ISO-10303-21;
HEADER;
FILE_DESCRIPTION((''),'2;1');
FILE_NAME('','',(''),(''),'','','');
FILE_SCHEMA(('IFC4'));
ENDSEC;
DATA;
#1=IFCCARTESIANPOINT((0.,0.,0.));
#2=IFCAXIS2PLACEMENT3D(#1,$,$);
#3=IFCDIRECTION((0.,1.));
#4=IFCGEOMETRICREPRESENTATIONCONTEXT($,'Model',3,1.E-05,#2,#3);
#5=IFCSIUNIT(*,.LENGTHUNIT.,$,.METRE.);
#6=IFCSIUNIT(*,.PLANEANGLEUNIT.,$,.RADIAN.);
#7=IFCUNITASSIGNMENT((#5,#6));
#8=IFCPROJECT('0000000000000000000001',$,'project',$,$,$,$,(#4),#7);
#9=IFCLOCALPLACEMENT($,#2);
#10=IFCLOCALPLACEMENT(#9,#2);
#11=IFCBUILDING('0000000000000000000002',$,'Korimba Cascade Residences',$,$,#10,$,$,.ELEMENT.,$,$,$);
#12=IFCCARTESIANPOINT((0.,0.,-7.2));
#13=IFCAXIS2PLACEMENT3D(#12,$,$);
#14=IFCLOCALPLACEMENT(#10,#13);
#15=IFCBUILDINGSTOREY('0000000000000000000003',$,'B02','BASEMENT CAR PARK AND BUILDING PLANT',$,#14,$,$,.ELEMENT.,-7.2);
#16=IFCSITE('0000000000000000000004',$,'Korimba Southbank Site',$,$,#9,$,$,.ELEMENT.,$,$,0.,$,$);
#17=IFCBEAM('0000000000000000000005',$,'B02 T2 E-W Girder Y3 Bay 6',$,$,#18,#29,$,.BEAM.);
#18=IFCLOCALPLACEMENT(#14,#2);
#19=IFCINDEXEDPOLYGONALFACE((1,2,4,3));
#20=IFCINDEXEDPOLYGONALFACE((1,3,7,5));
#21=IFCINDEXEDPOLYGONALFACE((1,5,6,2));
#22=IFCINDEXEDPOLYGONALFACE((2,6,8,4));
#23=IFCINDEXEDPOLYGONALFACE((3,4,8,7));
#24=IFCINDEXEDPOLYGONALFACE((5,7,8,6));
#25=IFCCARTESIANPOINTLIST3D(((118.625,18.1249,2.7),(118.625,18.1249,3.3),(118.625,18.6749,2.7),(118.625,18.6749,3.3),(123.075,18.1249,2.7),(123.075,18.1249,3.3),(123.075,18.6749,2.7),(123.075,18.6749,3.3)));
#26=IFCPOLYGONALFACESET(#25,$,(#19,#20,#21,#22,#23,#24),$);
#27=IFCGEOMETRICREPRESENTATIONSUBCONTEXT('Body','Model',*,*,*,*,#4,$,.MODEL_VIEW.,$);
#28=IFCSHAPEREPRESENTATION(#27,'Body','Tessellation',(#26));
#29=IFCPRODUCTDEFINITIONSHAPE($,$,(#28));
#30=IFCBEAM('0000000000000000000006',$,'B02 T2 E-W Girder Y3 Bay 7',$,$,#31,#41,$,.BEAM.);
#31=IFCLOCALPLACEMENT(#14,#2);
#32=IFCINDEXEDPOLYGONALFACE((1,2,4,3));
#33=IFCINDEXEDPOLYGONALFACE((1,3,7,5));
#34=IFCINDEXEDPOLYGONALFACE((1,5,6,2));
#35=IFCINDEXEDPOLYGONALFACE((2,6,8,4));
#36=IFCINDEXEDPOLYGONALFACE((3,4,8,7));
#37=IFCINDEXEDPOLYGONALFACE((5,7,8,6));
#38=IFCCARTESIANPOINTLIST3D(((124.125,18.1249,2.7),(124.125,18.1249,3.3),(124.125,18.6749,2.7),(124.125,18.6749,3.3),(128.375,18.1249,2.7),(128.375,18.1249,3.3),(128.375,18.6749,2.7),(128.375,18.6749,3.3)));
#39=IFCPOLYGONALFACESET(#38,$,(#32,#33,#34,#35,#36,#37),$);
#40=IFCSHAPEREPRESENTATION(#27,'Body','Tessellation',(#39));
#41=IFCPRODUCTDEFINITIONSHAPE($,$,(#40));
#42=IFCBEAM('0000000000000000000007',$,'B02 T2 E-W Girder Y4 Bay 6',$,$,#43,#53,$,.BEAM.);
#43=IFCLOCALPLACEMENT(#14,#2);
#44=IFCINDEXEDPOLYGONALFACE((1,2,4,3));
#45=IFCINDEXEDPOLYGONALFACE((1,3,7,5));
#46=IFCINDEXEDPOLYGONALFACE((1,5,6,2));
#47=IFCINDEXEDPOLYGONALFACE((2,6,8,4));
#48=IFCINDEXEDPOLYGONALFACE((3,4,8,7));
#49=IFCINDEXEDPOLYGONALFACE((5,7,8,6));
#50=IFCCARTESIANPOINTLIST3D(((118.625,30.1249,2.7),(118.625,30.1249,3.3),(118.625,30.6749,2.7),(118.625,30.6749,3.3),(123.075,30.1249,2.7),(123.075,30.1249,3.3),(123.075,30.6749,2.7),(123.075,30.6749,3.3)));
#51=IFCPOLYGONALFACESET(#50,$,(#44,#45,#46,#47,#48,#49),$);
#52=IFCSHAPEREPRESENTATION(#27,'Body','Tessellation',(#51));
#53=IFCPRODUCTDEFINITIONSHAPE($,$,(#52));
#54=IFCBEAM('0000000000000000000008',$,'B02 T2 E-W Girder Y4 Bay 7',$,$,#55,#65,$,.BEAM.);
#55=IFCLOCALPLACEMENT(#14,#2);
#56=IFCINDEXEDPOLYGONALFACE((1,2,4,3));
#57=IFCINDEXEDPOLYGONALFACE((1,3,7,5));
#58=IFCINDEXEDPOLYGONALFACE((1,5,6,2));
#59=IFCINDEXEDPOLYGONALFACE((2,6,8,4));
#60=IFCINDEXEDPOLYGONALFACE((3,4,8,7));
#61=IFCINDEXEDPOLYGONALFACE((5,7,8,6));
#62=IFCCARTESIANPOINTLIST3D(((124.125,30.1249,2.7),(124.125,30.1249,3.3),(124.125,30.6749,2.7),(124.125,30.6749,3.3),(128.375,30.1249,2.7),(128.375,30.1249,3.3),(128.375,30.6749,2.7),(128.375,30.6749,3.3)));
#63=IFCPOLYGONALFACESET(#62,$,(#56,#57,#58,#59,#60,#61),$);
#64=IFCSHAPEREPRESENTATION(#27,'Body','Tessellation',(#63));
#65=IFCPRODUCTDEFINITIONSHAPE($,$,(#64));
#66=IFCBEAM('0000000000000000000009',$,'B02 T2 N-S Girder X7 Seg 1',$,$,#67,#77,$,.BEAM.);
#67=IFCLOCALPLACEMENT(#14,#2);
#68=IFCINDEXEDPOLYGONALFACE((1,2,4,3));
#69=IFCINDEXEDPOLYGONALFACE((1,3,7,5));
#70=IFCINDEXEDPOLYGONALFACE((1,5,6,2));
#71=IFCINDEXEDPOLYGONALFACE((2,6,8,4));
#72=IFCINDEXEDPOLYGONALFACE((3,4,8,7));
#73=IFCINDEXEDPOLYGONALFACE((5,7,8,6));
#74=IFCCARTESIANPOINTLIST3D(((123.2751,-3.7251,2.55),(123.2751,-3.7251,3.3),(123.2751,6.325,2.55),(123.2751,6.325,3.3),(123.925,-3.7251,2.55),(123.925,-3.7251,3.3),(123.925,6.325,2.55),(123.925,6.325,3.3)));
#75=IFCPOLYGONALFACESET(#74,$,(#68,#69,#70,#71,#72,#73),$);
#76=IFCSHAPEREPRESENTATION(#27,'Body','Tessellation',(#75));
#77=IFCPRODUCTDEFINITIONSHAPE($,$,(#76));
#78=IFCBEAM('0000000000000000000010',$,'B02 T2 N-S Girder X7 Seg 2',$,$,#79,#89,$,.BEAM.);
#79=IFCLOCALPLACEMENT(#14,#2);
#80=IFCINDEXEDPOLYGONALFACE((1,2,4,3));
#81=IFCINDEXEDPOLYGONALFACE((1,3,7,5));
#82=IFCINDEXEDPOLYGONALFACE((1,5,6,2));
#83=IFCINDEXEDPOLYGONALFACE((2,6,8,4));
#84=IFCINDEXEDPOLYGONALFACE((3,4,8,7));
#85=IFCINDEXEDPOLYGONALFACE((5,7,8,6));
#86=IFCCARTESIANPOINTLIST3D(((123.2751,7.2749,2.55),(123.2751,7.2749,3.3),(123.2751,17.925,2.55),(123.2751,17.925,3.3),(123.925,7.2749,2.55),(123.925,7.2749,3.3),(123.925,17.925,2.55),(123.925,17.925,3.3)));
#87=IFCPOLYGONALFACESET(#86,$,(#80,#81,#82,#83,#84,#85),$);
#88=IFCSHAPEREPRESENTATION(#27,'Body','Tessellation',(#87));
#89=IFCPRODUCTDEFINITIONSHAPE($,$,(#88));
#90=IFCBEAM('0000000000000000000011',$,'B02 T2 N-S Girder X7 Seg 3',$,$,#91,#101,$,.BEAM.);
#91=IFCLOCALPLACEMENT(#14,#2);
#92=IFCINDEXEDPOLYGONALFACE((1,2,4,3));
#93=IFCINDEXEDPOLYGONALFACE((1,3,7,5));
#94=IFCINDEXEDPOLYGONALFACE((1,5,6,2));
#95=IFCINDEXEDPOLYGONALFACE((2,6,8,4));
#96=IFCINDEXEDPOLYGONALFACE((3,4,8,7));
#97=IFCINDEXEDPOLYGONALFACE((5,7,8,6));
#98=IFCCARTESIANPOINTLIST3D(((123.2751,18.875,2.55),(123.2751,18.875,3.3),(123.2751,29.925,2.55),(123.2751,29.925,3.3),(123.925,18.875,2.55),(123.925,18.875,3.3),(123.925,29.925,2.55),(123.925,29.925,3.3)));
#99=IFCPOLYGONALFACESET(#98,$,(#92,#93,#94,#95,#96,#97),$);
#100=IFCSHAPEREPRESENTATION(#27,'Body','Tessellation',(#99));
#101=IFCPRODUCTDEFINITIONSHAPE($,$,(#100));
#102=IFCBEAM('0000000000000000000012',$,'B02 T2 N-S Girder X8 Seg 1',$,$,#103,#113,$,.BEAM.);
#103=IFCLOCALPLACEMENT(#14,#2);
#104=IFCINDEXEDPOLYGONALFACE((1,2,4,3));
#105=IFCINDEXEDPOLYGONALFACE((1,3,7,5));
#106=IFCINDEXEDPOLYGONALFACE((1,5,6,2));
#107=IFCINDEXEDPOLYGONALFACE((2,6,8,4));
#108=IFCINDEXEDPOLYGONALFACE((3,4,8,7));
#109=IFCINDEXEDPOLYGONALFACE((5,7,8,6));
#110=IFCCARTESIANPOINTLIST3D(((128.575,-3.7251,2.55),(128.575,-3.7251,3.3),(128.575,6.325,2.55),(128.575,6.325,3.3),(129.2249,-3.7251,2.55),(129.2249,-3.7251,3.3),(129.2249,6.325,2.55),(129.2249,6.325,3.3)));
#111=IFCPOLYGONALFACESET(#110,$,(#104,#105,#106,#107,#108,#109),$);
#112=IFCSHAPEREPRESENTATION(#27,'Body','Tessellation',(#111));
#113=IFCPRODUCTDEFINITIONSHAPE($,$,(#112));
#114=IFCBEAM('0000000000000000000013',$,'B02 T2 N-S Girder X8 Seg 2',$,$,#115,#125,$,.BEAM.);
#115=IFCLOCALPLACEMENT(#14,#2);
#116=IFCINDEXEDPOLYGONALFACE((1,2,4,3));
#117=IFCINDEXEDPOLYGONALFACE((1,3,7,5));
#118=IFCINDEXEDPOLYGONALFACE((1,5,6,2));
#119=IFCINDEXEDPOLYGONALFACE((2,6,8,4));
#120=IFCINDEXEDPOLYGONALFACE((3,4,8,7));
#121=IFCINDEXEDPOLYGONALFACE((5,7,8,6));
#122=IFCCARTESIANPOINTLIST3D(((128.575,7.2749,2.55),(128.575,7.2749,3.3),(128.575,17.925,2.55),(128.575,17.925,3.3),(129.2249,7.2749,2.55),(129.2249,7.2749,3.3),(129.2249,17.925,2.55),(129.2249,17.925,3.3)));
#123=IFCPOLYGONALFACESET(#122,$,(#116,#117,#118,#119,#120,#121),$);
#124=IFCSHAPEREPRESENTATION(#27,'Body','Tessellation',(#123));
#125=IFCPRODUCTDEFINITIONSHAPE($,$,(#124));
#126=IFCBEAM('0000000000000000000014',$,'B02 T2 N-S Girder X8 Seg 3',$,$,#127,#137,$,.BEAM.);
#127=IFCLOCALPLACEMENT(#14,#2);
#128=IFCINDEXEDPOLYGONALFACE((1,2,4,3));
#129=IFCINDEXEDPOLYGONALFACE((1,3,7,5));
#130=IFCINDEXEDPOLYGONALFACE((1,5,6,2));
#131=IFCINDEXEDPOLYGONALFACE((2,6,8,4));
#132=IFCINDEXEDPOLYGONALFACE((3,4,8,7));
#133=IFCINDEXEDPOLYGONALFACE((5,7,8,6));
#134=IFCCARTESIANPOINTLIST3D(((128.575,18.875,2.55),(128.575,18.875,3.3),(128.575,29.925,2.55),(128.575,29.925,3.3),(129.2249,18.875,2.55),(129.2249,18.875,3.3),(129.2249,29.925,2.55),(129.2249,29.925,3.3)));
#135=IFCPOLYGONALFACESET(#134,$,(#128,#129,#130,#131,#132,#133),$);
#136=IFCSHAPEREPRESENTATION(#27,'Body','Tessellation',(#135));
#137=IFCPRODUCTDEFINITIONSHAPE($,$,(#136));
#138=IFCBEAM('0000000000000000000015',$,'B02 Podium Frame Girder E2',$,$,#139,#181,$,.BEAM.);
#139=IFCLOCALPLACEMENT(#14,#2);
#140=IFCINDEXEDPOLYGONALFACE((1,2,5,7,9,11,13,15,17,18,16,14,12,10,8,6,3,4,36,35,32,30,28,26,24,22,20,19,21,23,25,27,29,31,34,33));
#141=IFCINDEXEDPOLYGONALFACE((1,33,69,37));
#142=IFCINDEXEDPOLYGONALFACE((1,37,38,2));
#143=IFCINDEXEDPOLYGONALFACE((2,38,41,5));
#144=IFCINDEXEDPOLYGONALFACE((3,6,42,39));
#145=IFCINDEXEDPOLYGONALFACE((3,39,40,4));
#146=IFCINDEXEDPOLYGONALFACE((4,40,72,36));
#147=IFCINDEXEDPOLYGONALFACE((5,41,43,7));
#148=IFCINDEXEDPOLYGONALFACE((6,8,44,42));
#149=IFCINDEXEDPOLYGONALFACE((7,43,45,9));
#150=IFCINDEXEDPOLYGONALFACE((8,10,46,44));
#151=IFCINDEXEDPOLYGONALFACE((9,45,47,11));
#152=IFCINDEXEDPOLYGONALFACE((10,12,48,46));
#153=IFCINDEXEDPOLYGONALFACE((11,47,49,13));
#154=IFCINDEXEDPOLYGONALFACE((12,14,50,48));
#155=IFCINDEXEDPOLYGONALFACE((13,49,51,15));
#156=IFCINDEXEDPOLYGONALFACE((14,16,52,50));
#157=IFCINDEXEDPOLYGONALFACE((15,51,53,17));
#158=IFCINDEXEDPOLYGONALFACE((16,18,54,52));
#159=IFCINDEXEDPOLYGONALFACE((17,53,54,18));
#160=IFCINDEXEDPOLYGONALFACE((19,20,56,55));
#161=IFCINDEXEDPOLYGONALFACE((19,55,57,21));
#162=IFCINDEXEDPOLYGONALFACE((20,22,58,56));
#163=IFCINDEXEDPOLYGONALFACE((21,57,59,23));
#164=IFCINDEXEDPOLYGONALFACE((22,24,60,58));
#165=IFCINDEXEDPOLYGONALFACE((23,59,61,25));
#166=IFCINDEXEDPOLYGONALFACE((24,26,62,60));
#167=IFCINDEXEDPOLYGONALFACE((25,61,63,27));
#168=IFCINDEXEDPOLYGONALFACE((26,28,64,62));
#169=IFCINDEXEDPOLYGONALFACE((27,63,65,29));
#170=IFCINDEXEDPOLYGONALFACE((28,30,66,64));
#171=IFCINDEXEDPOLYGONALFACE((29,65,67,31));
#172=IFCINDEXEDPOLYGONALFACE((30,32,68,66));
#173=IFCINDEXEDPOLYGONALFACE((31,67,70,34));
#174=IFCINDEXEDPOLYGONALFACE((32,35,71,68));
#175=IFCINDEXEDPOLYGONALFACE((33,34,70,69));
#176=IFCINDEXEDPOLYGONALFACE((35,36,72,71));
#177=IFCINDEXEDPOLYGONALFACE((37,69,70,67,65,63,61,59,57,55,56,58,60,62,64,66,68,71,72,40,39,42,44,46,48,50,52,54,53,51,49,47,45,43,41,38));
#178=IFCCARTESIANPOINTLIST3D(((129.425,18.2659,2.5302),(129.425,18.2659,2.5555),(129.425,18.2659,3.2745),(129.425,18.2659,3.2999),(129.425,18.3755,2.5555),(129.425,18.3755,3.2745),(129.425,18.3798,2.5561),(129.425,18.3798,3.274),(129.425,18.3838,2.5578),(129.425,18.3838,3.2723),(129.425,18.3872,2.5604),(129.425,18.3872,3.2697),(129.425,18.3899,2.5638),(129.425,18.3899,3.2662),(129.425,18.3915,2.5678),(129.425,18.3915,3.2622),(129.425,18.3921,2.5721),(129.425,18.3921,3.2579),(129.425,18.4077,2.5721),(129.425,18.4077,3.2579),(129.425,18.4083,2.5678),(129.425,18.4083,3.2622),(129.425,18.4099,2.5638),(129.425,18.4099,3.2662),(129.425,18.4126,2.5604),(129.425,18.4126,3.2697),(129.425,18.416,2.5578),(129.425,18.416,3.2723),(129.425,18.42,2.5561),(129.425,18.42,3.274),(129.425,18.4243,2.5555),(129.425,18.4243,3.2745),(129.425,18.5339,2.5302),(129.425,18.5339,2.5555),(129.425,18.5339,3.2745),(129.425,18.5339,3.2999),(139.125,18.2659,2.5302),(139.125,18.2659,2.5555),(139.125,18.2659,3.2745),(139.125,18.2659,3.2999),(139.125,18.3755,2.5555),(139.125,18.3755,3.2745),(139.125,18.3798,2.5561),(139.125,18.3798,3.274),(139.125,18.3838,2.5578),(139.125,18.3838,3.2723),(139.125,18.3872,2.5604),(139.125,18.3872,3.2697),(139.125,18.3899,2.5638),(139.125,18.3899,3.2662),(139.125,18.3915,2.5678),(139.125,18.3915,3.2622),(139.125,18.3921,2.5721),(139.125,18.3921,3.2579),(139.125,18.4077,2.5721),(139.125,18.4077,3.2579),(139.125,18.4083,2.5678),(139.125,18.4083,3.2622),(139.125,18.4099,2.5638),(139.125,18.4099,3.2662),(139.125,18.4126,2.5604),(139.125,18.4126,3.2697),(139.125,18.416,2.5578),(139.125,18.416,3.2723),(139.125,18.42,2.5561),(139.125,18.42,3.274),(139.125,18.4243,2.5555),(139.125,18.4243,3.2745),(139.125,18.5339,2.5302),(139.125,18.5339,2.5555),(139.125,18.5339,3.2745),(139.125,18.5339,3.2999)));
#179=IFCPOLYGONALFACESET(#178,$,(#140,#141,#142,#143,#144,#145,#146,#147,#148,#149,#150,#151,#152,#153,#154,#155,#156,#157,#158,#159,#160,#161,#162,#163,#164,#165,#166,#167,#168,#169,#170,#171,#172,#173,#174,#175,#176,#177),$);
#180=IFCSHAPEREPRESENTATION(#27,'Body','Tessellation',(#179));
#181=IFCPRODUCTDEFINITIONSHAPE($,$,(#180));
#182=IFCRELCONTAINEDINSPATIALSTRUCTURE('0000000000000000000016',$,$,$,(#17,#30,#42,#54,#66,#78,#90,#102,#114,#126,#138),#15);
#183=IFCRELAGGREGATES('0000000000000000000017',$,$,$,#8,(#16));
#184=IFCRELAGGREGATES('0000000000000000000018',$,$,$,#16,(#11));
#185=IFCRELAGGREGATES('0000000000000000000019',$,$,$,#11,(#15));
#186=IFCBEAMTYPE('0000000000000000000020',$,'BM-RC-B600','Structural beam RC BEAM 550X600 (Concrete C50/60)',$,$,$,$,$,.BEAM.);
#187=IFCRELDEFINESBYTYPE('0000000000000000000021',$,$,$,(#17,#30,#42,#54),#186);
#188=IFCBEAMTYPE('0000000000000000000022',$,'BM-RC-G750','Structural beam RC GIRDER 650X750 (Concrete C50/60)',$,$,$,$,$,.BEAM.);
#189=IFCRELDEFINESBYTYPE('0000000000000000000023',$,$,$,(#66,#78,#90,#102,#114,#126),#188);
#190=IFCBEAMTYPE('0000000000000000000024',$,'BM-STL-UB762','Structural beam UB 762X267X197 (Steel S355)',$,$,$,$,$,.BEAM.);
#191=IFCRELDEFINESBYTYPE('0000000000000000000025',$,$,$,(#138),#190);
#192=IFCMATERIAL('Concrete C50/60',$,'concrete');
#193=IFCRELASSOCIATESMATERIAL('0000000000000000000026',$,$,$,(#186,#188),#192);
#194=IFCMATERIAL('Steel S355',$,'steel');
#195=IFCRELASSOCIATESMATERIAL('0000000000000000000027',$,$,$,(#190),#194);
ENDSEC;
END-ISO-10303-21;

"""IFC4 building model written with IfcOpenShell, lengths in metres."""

from ifc_helpers import new_model, si_unit, direction, frame, origin, origin_2d, place, context, subcontext, project, spatial, rectangle, i_section, extrude, material, material_profile, profile_set, type_object, element, save


model = new_model("IFC4")

# Units and contexts
model_context = context("Model", 3, precision=1e-05, world=origin(), true_north=direction((0.0, 1.0)))
body_context = subcontext(model_context, "Body", "Model", "MODEL_VIEW")
ifc_project = project(units=[si_unit("LENGTHUNIT", "METRE"), si_unit("PLANEANGLEUNIT", "RADIAN")], contexts=[model_context])

# Site, building, storey
site_placement = place(None, origin())
site = spatial("IfcSite", under=ifc_project, at=site_placement, Name="Korimba Southbank Site", CompositionType="ELEMENT", RefElevation=0.0)
building_placement = place(site_placement, origin())
building = spatial("IfcBuilding", under=site, at=building_placement, Name="Korimba Cascade Residences", CompositionType="ELEMENT")
storey_placement = place(building_placement, frame((0.0, 0.0, -7.2)))
storey = spatial("IfcBuildingStorey", under=building, at=storey_placement, Name="B02", Description="BASEMENT CAR PARK AND BUILDING PLANT", CompositionType="ELEMENT", Elevation=-7.2)

# Shared definitions
ifc_material_1 = material(Name="Concrete C50/60", Category="concrete")

# Beams
ifc_material_profile_1 = material_profile(ifc_material_1, rectangle(XDim=0.55, YDim=0.6001, at=origin_2d()), Name="Concrete C50/60")
ifc_profile_set_1 = profile_set([ifc_material_profile_1], Name="Concrete C50/60")
beam_type_1 = type_object("IfcBeamType", Name="BM-RC-B600", Description="Structural beam RC BEAM 550X600 (Concrete C50/60)", PredefinedType="BEAM", material=ifc_profile_set_1)
beam_1_placement = place(storey_placement, frame((118.625, 18.3999, 3.0), z_axis=(1.0, 0.0, 0.0), x_axis=(0.0, 1.0, 0.0)))
element("IfcBeam", 1, at=beam_1_placement, inside=storey, type_object=beam_type_1, Name="B02 T2 E-W Girder Y3 Bay 6", PredefinedType="BEAM", context=body_context, shape_type="SweptSolid", body=[
    extrude(rectangle(XDim=0.55, YDim=0.6001, at=origin_2d()), origin(), (0.0, 0.0, 1.0), 4.45),
])
beam_2_placement = place(storey_placement, frame((124.125, 18.3999, 3.0), z_axis=(1.0, 0.0, 0.0), x_axis=(0.0, 1.0, 0.0)))
element("IfcBeam", 2, at=beam_2_placement, inside=storey, type_object=beam_type_1, Name="B02 T2 E-W Girder Y3 Bay 7", PredefinedType="BEAM", context=body_context, shape_type="SweptSolid", body=[
    extrude(rectangle(XDim=0.55, YDim=0.6001, at=origin_2d()), origin(), (0.0, 0.0, 1.0), 4.25),
])
beam_3_placement = place(storey_placement, frame((118.625, 30.3999, 3.0), z_axis=(1.0, 0.0, 0.0), x_axis=(0.0, 1.0, 0.0)))
element("IfcBeam", 3, at=beam_3_placement, inside=storey, type_object=beam_type_1, Name="B02 T2 E-W Girder Y4 Bay 6", PredefinedType="BEAM", context=body_context, shape_type="SweptSolid", body=[
    extrude(rectangle(XDim=0.55, YDim=0.6001, at=origin_2d()), origin(), (0.0, 0.0, 1.0), 4.45),
])
beam_4_placement = place(storey_placement, frame((124.125, 30.3999, 3.0), z_axis=(1.0, 0.0, 0.0), x_axis=(0.0, 1.0, 0.0)))
element("IfcBeam", 4, at=beam_4_placement, inside=storey, type_object=beam_type_1, Name="B02 T2 E-W Girder Y4 Bay 7", PredefinedType="BEAM", context=body_context, shape_type="SweptSolid", body=[
    extrude(rectangle(XDim=0.55, YDim=0.6001, at=origin_2d()), origin(), (0.0, 0.0, 1.0), 4.25),
])
ifc_material_profile_2 = material_profile(ifc_material_1, rectangle(XDim=0.6499, YDim=0.75, at=origin_2d()), Name="Concrete C50/60")
ifc_profile_set_2 = profile_set([ifc_material_profile_2], Name="Concrete C50/60")
beam_type_2 = type_object("IfcBeamType", Name="BM-RC-G750", Description="Structural beam RC GIRDER 650X750 (Concrete C50/60)", PredefinedType="BEAM", material=ifc_profile_set_2)
beam_5_placement = place(storey_placement, frame((123.6001, -3.7251, 2.925), z_axis=(0.0, 1.0, 0.0), x_axis=(-1.0, 0.0, 0.0)))
element("IfcBeam", 5, at=beam_5_placement, inside=storey, type_object=beam_type_2, Name="B02 T2 N-S Girder X7 Seg 1", PredefinedType="BEAM", context=body_context, shape_type="SweptSolid", body=[
    extrude(rectangle(XDim=0.6499, YDim=0.75, at=origin_2d()), origin(), (0.0, 0.0, 1.0), 10.05),
])
beam_6_placement = place(storey_placement, frame((123.6001, 7.2749, 2.925), z_axis=(0.0, 1.0, 0.0), x_axis=(-1.0, 0.0, 0.0)))
element("IfcBeam", 6, at=beam_6_placement, inside=storey, type_object=beam_type_2, Name="B02 T2 N-S Girder X7 Seg 2", PredefinedType="BEAM", context=body_context, shape_type="SweptSolid", body=[
    extrude(rectangle(XDim=0.6499, YDim=0.75, at=origin_2d()), origin(), (0.0, 0.0, 1.0), 10.6501),
])
beam_7_placement = place(storey_placement, frame((123.6001, 18.875, 2.925), z_axis=(0.0, 1.0, 0.0), x_axis=(-1.0, 0.0, 0.0)))
element("IfcBeam", 7, at=beam_7_placement, inside=storey, type_object=beam_type_2, Name="B02 T2 N-S Girder X7 Seg 3", PredefinedType="BEAM", context=body_context, shape_type="SweptSolid", body=[
    extrude(rectangle(XDim=0.6499, YDim=0.75, at=origin_2d()), origin(), (0.0, 0.0, 1.0), 11.05),
])
beam_8_placement = place(storey_placement, frame((128.8999, -3.7251, 2.925), z_axis=(0.0, 1.0, 0.0), x_axis=(-1.0, 0.0, 0.0)))
element("IfcBeam", 8, at=beam_8_placement, inside=storey, type_object=beam_type_2, Name="B02 T2 N-S Girder X8 Seg 1", PredefinedType="BEAM", context=body_context, shape_type="SweptSolid", body=[
    extrude(rectangle(XDim=0.6499, YDim=0.75, at=origin_2d()), origin(), (0.0, 0.0, 1.0), 10.05),
])
beam_9_placement = place(storey_placement, frame((128.8999, 7.2749, 2.925), z_axis=(0.0, 1.0, 0.0), x_axis=(-1.0, 0.0, 0.0)))
element("IfcBeam", 9, at=beam_9_placement, inside=storey, type_object=beam_type_2, Name="B02 T2 N-S Girder X8 Seg 2", PredefinedType="BEAM", context=body_context, shape_type="SweptSolid", body=[
    extrude(rectangle(XDim=0.6499, YDim=0.75, at=origin_2d()), origin(), (0.0, 0.0, 1.0), 10.6501),
])
beam_10_placement = place(storey_placement, frame((128.8999, 18.875, 2.925), z_axis=(0.0, 1.0, 0.0), x_axis=(-1.0, 0.0, 0.0)))
element("IfcBeam", 10, at=beam_10_placement, inside=storey, type_object=beam_type_2, Name="B02 T2 N-S Girder X8 Seg 3", PredefinedType="BEAM", context=body_context, shape_type="SweptSolid", body=[
    extrude(rectangle(XDim=0.6499, YDim=0.75, at=origin_2d()), origin(), (0.0, 0.0, 1.0), 11.05),
])
ifc_material_2 = material(Name="Steel S355", Category="steel")
ifc_material_profile_3 = material_profile(ifc_material_2, i_section(OverallWidth=0.2681, OverallDepth=0.7698, WebThickness=0.0156, FlangeThickness=0.0254, FilletRadius=0.0166, at=origin_2d()), Name="Steel S355")
ifc_profile_set_3 = profile_set([ifc_material_profile_3], Name="Steel S355")
beam_type_3 = type_object("IfcBeamType", Name="BM-STL-UB762", Description="Structural beam UB 762X267X197 (Steel S355)", PredefinedType="BEAM", material=ifc_profile_set_3)
beam_11_placement = place(storey_placement, frame((129.425, 18.3999, 2.915), z_axis=(1.0, 0.0, 0.0), x_axis=(0.0, 1.0, 0.0)))
element("IfcBeam", 11, at=beam_11_placement, inside=storey, type_object=beam_type_3, Name="B02 Podium Frame Girder E2", PredefinedType="BEAM", context=body_context, shape_type="SweptSolid", body=[
    extrude(i_section(OverallWidth=0.2681, OverallDepth=0.7698, WebThickness=0.0156, FlangeThickness=0.0254, FilletRadius=0.0166, at=origin_2d()), origin(), (0.0, 0.0, 1.0), 9.7),
])

save(model, "model.ifc")
